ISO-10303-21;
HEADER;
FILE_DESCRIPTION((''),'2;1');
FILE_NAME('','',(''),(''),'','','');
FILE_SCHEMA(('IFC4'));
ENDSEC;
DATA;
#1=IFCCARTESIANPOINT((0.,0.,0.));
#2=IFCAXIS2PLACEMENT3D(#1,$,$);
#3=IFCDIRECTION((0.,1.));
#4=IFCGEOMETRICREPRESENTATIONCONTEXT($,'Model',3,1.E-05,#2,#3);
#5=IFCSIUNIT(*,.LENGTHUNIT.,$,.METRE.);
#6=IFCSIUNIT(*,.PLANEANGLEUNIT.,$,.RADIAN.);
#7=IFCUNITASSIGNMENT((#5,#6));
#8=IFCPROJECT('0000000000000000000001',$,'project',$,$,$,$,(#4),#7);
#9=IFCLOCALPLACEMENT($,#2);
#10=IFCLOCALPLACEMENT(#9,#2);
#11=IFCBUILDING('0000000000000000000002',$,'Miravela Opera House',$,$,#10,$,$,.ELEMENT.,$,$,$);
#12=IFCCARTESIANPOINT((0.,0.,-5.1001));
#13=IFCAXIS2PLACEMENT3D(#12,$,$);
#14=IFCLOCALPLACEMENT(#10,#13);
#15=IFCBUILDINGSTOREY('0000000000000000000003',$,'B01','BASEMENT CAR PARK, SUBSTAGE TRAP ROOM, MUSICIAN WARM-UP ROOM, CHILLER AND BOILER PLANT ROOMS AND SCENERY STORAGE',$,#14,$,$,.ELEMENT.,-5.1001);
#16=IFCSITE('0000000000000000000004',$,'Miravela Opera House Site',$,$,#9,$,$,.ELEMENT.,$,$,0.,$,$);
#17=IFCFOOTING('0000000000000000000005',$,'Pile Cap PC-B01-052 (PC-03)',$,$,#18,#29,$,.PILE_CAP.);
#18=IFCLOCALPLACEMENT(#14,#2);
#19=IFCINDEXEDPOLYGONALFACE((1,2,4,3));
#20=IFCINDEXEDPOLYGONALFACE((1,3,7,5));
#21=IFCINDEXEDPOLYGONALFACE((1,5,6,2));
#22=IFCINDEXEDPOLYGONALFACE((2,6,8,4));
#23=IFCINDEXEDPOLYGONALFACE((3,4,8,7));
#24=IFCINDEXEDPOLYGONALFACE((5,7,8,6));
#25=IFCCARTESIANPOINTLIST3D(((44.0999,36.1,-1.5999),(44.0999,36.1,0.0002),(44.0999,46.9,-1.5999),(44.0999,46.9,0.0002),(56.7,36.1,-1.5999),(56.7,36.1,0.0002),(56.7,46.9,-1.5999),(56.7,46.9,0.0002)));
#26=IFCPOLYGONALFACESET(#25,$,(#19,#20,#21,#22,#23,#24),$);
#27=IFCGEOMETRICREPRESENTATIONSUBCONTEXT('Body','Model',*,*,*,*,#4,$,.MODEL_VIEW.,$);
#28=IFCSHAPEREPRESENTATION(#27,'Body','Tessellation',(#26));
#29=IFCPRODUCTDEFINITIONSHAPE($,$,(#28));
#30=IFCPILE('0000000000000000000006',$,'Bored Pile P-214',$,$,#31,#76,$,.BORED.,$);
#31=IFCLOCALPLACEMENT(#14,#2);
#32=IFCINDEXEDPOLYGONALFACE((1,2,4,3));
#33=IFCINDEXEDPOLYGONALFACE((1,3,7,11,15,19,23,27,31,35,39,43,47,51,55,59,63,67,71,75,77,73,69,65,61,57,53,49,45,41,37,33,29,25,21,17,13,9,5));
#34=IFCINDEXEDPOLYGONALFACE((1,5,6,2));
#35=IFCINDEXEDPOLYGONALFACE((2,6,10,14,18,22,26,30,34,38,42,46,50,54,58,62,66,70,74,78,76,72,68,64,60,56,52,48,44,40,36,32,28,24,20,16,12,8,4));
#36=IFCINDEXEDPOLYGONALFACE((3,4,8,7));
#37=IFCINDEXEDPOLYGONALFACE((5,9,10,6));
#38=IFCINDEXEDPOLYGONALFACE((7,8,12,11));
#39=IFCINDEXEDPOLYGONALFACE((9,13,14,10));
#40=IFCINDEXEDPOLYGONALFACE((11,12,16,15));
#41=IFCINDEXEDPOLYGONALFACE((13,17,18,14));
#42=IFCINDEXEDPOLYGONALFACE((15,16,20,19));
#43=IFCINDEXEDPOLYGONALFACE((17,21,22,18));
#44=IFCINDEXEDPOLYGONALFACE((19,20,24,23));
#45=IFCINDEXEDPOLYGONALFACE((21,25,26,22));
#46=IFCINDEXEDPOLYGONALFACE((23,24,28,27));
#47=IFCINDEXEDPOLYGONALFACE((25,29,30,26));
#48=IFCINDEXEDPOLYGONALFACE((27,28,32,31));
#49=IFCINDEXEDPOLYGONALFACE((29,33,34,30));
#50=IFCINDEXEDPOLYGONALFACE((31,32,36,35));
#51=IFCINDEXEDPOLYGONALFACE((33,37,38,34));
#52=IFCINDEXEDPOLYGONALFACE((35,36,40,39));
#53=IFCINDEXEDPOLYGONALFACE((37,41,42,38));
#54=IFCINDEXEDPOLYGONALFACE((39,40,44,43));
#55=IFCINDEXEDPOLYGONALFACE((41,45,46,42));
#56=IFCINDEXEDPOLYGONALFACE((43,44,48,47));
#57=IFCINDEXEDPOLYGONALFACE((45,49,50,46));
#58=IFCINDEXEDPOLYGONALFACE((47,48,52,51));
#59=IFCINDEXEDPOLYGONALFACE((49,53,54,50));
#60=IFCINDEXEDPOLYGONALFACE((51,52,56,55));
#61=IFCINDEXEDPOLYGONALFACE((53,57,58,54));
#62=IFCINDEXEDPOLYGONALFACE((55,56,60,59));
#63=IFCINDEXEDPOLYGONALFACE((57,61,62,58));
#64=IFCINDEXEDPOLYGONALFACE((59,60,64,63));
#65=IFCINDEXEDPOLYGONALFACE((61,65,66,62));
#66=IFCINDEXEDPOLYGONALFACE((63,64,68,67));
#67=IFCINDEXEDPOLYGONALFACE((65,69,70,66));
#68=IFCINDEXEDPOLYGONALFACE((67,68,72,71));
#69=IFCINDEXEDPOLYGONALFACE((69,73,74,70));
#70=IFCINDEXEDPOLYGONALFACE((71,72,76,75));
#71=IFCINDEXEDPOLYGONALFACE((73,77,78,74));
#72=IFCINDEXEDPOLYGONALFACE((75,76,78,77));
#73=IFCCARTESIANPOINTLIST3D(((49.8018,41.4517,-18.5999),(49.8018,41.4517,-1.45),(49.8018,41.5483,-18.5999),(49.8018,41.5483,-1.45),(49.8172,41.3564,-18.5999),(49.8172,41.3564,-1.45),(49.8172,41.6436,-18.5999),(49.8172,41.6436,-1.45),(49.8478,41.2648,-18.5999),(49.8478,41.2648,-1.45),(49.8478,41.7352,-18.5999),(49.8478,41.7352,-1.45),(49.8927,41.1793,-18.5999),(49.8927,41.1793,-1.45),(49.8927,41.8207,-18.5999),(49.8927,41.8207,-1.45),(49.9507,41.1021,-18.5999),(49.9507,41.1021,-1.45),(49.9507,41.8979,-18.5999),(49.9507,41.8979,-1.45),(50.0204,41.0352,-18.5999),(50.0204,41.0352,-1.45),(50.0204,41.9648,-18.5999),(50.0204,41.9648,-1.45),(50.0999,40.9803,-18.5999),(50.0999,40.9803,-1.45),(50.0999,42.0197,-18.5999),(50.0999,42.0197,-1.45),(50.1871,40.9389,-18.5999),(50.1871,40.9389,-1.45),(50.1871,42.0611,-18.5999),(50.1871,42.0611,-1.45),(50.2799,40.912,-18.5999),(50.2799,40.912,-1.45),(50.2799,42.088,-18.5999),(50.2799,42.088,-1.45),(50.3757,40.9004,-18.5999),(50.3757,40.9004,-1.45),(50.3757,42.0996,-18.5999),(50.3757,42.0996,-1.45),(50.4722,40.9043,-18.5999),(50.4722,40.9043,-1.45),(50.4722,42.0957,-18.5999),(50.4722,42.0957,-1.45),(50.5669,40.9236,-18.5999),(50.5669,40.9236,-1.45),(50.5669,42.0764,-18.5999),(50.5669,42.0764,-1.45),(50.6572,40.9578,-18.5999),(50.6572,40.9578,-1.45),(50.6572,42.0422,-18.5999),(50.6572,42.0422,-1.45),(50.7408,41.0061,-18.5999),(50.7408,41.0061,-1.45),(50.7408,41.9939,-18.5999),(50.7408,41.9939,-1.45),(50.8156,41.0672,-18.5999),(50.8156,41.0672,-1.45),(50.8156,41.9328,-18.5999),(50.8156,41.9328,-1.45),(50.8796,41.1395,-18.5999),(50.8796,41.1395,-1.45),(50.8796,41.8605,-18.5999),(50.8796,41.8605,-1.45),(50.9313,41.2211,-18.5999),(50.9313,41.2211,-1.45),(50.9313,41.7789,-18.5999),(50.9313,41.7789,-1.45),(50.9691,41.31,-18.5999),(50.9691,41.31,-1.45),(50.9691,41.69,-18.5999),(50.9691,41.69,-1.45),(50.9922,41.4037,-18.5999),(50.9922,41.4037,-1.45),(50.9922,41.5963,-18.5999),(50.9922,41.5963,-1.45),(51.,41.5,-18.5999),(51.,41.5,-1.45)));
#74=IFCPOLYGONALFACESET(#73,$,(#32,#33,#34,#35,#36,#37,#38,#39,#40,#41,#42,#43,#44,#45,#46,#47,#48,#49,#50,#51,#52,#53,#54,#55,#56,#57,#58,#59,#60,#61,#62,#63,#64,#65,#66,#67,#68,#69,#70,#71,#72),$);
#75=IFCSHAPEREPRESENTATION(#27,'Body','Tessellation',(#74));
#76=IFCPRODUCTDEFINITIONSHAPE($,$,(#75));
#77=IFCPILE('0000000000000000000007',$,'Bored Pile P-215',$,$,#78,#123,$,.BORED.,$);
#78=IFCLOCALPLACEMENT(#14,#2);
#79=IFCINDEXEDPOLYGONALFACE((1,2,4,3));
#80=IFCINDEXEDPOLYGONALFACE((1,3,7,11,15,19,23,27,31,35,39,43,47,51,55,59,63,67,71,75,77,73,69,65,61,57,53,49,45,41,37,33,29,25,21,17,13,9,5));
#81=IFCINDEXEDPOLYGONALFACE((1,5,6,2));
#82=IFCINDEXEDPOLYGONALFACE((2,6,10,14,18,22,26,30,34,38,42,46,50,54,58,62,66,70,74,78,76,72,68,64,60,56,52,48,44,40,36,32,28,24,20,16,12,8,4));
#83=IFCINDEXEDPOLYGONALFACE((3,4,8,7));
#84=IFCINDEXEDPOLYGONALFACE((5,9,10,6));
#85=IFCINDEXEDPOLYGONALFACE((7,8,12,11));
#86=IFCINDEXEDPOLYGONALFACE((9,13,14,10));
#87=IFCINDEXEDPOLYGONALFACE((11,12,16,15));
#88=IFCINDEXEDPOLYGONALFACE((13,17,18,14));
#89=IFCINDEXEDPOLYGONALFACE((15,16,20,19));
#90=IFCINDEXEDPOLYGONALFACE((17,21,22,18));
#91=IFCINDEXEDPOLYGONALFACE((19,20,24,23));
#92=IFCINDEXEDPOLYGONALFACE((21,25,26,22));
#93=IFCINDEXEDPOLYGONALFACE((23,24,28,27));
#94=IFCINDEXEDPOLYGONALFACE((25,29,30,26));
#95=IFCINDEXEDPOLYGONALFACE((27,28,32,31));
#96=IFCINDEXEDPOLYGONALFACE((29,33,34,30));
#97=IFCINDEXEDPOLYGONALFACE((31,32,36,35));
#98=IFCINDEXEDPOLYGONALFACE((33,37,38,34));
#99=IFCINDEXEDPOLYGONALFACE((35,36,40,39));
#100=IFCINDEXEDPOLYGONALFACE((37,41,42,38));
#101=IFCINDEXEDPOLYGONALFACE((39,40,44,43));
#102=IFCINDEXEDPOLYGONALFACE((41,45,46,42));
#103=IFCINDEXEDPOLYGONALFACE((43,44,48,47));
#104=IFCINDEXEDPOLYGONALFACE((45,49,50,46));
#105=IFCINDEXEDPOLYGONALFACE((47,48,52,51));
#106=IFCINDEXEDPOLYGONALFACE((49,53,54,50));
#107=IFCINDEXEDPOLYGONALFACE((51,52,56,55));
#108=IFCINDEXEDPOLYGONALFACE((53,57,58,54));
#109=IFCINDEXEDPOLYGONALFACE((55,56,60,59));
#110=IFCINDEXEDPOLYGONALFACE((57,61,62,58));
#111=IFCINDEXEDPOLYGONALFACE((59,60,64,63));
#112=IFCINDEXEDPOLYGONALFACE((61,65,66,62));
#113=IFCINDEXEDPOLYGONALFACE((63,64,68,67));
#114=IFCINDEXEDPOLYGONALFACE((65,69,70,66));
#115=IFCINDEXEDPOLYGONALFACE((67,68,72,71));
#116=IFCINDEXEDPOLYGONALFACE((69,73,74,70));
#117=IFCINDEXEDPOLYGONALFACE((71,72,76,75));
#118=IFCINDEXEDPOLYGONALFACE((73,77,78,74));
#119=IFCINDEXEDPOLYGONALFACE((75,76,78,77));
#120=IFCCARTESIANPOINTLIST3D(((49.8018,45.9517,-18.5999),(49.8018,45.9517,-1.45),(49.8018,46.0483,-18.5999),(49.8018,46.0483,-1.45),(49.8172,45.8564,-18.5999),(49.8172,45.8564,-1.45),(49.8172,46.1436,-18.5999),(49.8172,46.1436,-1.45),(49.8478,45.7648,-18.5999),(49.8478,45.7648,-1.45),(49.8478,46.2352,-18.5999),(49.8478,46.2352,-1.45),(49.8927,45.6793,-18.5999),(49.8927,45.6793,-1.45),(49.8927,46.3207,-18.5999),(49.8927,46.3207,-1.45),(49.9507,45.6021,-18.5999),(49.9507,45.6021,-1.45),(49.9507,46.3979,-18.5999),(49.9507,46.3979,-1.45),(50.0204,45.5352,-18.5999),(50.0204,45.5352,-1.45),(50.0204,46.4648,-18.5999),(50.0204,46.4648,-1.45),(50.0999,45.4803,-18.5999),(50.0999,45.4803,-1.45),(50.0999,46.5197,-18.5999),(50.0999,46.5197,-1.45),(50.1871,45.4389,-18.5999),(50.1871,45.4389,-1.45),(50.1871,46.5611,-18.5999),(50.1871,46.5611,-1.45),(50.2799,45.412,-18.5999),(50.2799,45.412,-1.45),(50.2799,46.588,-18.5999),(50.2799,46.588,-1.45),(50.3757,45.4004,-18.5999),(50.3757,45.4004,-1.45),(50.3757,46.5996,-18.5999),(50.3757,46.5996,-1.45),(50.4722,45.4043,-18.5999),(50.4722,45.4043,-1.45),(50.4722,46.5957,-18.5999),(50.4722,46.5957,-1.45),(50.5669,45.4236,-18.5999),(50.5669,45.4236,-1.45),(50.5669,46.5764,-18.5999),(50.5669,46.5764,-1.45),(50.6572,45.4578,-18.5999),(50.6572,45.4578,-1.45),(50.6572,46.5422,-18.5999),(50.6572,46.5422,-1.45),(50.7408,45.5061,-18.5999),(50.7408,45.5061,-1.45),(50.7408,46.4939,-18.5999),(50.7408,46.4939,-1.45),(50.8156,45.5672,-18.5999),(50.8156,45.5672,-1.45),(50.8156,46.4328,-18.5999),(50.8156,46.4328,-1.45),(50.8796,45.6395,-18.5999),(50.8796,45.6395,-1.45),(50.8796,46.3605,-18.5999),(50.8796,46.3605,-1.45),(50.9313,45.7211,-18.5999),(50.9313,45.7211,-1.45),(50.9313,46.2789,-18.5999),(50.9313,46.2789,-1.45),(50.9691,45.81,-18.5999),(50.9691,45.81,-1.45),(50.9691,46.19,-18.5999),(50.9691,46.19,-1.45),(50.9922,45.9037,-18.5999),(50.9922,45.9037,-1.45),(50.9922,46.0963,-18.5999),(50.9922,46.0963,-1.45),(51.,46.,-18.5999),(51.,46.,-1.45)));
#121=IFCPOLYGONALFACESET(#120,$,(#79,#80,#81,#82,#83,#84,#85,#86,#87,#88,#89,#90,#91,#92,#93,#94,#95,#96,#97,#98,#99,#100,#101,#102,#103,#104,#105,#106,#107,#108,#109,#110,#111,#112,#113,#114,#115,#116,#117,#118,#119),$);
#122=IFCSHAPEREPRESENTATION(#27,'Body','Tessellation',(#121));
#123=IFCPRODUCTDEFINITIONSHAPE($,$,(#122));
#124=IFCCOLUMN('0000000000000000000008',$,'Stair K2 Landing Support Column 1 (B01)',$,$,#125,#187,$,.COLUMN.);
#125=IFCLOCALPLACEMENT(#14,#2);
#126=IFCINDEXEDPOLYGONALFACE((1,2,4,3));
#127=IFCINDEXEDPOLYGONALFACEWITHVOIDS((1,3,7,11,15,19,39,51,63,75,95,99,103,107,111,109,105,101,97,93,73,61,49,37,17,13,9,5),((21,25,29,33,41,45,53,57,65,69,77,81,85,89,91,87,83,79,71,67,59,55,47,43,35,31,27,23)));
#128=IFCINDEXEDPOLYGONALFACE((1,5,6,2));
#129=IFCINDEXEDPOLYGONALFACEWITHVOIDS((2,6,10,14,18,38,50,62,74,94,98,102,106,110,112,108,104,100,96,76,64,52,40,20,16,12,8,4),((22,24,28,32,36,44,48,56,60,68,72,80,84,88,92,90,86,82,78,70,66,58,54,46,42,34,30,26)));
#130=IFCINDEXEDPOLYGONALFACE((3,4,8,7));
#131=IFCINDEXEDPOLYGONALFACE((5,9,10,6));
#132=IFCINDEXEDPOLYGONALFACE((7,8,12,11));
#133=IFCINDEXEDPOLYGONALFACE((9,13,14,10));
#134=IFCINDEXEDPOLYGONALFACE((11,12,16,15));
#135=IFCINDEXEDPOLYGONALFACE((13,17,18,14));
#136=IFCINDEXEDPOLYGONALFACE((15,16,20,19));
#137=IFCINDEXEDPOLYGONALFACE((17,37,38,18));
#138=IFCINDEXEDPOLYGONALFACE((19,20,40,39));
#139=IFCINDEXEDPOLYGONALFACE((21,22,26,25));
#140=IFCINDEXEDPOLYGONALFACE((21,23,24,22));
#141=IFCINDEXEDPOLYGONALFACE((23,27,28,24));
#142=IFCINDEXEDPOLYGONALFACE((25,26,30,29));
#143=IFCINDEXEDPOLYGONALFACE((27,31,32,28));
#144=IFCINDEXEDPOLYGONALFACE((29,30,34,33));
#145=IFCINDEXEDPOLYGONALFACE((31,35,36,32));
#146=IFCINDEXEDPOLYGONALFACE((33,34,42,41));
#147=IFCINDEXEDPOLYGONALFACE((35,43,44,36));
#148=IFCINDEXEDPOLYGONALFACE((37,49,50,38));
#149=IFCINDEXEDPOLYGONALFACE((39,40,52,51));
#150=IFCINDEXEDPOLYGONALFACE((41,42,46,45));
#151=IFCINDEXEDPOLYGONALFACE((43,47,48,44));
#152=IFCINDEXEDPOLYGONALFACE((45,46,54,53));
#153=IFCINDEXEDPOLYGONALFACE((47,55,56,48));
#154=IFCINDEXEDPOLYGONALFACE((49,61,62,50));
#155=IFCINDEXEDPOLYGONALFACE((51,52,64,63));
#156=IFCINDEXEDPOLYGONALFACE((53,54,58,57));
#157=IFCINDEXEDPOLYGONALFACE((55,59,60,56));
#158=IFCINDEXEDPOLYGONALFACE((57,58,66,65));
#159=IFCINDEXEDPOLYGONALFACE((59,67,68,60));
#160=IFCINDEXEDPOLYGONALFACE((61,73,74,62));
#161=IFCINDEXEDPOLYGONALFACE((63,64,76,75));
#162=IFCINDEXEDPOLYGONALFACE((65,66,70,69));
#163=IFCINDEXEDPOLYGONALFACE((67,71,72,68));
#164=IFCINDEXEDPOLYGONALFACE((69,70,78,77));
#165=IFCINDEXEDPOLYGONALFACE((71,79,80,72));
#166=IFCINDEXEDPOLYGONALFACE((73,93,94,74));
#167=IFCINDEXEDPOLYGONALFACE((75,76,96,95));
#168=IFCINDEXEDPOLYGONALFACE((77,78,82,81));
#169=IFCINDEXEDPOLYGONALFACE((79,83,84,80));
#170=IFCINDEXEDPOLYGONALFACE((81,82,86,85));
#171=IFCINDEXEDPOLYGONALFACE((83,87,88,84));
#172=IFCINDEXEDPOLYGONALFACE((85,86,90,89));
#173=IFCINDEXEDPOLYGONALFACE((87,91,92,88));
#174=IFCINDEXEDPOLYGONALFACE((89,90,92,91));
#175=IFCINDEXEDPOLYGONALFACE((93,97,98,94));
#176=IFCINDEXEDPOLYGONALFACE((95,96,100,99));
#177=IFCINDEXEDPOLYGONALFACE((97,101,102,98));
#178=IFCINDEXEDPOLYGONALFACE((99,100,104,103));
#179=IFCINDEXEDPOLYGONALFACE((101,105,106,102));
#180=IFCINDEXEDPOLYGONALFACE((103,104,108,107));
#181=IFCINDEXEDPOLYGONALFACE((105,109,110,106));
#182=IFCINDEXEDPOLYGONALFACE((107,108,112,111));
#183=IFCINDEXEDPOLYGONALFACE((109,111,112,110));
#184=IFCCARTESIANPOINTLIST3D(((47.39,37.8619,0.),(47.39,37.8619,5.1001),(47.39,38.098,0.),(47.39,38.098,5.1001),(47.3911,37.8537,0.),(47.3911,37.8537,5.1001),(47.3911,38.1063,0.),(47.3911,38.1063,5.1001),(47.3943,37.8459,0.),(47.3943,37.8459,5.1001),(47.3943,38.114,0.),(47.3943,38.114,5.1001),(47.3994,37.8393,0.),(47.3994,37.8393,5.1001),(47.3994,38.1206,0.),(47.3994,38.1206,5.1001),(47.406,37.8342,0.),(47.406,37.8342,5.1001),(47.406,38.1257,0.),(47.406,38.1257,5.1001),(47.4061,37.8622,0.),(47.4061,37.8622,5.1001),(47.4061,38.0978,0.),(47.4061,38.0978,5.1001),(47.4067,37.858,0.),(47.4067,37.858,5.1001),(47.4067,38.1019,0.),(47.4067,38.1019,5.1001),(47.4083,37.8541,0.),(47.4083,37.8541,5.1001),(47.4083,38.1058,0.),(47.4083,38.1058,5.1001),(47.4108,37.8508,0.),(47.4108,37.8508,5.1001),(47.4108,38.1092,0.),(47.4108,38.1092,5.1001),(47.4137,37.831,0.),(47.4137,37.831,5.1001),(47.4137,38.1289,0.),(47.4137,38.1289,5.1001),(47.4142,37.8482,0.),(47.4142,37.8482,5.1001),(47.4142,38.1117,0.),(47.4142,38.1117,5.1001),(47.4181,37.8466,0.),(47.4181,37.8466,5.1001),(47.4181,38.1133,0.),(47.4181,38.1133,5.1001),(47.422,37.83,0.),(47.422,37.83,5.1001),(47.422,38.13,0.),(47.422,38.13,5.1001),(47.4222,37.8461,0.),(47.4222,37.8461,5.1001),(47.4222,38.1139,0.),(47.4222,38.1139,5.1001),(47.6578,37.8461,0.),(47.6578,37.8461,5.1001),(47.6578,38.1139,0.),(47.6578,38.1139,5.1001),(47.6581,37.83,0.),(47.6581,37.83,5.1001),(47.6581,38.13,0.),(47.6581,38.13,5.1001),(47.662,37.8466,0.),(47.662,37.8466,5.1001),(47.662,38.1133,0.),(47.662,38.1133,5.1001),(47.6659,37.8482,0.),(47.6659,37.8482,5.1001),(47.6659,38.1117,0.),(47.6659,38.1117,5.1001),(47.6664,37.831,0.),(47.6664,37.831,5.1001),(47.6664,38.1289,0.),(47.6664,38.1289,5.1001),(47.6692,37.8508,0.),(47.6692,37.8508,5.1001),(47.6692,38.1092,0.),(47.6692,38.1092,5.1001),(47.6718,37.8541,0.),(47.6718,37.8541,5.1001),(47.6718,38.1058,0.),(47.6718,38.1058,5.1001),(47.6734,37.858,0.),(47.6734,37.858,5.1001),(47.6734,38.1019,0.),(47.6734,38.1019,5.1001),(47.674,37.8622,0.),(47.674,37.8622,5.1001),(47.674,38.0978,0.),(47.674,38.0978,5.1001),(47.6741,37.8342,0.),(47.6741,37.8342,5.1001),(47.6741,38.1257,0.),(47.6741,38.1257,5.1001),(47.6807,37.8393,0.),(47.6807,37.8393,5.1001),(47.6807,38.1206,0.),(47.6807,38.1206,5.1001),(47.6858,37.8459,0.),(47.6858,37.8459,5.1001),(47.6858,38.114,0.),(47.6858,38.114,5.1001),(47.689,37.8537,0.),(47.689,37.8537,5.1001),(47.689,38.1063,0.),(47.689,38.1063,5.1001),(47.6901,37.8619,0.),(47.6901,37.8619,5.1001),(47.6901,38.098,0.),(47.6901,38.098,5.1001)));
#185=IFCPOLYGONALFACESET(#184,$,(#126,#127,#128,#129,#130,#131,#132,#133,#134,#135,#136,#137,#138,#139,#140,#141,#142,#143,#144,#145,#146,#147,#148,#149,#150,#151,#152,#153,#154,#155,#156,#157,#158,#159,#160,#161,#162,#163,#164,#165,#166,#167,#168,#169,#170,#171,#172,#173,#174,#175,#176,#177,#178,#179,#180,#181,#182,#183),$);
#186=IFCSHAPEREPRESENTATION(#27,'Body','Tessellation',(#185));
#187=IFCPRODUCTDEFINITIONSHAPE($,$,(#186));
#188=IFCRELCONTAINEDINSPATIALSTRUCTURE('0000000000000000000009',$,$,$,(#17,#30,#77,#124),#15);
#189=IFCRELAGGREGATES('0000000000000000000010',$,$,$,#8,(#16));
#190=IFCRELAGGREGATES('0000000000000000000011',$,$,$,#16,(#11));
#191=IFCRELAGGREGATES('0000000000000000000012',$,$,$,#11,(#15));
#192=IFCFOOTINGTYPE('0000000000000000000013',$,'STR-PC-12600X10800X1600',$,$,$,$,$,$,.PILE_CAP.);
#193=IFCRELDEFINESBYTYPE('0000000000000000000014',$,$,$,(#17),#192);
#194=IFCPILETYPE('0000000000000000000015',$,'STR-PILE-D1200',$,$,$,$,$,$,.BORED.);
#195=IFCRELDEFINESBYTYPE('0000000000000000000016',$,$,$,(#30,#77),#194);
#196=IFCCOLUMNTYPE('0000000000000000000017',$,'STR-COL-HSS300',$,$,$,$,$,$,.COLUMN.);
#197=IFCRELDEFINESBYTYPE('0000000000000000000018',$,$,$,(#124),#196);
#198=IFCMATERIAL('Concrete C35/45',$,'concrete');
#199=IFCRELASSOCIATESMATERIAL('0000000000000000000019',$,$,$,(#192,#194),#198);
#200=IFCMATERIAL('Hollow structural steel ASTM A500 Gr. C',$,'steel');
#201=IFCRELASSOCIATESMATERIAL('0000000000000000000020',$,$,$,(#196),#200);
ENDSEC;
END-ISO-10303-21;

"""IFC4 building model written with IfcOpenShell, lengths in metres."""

from ifc_helpers import new_model, si_unit, direction, frame, origin, origin_2d, place, context, subcontext, project, spatial, rectangle, hollow_rectangle, circle, extrude, material, material_profile, profile_set, type_object, element, save


model = new_model("IFC4")

# Units and contexts
model_context = context("Model", 3, precision=1e-05, world=origin(), true_north=direction((0.0, 1.0)))
body_context = subcontext(model_context, "Body", "Model", "MODEL_VIEW")
ifc_project = project(units=[si_unit("LENGTHUNIT", "METRE"), si_unit("PLANEANGLEUNIT", "RADIAN")], contexts=[model_context])

# Site, building, storey
site_placement = place(None, origin())
site = spatial("IfcSite", under=ifc_project, at=site_placement, Name="Miravela Opera House Site", CompositionType="ELEMENT", RefElevation=0.0)
building_placement = place(site_placement, origin())
building = spatial("IfcBuilding", under=site, at=building_placement, Name="Miravela Opera House", CompositionType="ELEMENT")
storey_placement = place(building_placement, frame((0.0, 0.0, -5.1001)))
storey = spatial("IfcBuildingStorey", under=building, at=storey_placement, Name="B01", Description="BASEMENT CAR PARK, SUBSTAGE TRAP ROOM, MUSICIAN WARM-UP ROOM, CHILLER AND BOILER PLANT ROOMS AND SCENERY STORAGE", CompositionType="ELEMENT", Elevation=-5.1001)

# Footing
ifc_material_1 = material(Name="Concrete C35/45", Category="concrete")
footing_type = type_object("IfcFootingType", Name="STR-PC-12600X10800X1600", PredefinedType="PILE_CAP", material=ifc_material_1)
footing_placement = place(storey_placement, frame((50.3999, 41.5, -1.5999), z_axis=(0.0, 0.0, 1.0), x_axis=(1.0, 0.0, 0.0)))
element("IfcFooting", 1, at=footing_placement, inside=storey, type_object=footing_type, Name="Pile Cap PC-B01-052 (PC-03)", PredefinedType="PILE_CAP", context=body_context, shape_type="SweptSolid", body=[
    extrude(rectangle(XDim=12.6001, YDim=10.8, at=origin_2d()), origin(), (0.0, 0.0, 1.0), 1.6001),
])

# Piles
ifc_material_profile_1 = material_profile(ifc_material_1, circle(Radius=0.6001, at=origin_2d()), Name="PILE-D1200")
ifc_profile_set_1 = profile_set([ifc_material_profile_1])
pile_type = type_object("IfcPileType", Name="STR-PILE-D1200", PredefinedType="BORED", material=ifc_profile_set_1)
for number, where, z_axis, x_axis, name in (
    (2, (50.3999, 41.5, -1.45), (0.0, 0.0, -1.0), (1.0, 0.0, 0.0), "Bored Pile P-214"),
    (3, (50.3999, 46.0, -1.45), (0.0, 0.0, -1.0), (1.0, 0.0, 0.0), "Bored Pile P-215"),
):
    element("IfcPile", number, at=place(storey_placement, frame(where, z_axis=z_axis, x_axis=x_axis)), inside=storey, type_object=pile_type, Name=name, PredefinedType="BORED", context=body_context, shape_type="SweptSolid", body=[
        extrude(circle(Radius=0.6001, at=origin_2d()), origin(), (0.0, 0.0, 1.0), 17.1499),
    ])

# Column
ifc_material_2 = material(Name="Hollow structural steel ASTM A500 Gr. C", Category="steel")
ifc_material_profile_2 = material_profile(ifc_material_2, hollow_rectangle(XDim=0.3, YDim=0.3, WallThickness=0.0161, InnerFilletRadius=0.0161, OuterFilletRadius=0.032, at=origin_2d()), Name="HSS300X300X16")
ifc_profile_set_2 = profile_set([ifc_material_profile_2])
column_type = type_object("IfcColumnType", Name="STR-COL-HSS300", PredefinedType="COLUMN", material=ifc_profile_set_2)
for number, where, z_axis, x_axis, name in (
    (4, (47.54, 37.98, 0.0), (0.0, 0.0, 1.0), (1.0, 0.0, 0.0), "Stair K2 Landing Support Column 1 (B01)"),
):
    element("IfcColumn", number, at=place(storey_placement, frame(where, z_axis=z_axis, x_axis=x_axis)), inside=storey, type_object=column_type, Name=name, PredefinedType="COLUMN", context=body_context, shape_type="SweptSolid", body=[
        extrude(hollow_rectangle(XDim=0.3, YDim=0.3, WallThickness=0.0161, InnerFilletRadius=0.0161, OuterFilletRadius=0.032, at=origin_2d()), origin(), (0.0, 0.0, 1.0), 5.1001),
    ])

save(model, "model.ifc")
